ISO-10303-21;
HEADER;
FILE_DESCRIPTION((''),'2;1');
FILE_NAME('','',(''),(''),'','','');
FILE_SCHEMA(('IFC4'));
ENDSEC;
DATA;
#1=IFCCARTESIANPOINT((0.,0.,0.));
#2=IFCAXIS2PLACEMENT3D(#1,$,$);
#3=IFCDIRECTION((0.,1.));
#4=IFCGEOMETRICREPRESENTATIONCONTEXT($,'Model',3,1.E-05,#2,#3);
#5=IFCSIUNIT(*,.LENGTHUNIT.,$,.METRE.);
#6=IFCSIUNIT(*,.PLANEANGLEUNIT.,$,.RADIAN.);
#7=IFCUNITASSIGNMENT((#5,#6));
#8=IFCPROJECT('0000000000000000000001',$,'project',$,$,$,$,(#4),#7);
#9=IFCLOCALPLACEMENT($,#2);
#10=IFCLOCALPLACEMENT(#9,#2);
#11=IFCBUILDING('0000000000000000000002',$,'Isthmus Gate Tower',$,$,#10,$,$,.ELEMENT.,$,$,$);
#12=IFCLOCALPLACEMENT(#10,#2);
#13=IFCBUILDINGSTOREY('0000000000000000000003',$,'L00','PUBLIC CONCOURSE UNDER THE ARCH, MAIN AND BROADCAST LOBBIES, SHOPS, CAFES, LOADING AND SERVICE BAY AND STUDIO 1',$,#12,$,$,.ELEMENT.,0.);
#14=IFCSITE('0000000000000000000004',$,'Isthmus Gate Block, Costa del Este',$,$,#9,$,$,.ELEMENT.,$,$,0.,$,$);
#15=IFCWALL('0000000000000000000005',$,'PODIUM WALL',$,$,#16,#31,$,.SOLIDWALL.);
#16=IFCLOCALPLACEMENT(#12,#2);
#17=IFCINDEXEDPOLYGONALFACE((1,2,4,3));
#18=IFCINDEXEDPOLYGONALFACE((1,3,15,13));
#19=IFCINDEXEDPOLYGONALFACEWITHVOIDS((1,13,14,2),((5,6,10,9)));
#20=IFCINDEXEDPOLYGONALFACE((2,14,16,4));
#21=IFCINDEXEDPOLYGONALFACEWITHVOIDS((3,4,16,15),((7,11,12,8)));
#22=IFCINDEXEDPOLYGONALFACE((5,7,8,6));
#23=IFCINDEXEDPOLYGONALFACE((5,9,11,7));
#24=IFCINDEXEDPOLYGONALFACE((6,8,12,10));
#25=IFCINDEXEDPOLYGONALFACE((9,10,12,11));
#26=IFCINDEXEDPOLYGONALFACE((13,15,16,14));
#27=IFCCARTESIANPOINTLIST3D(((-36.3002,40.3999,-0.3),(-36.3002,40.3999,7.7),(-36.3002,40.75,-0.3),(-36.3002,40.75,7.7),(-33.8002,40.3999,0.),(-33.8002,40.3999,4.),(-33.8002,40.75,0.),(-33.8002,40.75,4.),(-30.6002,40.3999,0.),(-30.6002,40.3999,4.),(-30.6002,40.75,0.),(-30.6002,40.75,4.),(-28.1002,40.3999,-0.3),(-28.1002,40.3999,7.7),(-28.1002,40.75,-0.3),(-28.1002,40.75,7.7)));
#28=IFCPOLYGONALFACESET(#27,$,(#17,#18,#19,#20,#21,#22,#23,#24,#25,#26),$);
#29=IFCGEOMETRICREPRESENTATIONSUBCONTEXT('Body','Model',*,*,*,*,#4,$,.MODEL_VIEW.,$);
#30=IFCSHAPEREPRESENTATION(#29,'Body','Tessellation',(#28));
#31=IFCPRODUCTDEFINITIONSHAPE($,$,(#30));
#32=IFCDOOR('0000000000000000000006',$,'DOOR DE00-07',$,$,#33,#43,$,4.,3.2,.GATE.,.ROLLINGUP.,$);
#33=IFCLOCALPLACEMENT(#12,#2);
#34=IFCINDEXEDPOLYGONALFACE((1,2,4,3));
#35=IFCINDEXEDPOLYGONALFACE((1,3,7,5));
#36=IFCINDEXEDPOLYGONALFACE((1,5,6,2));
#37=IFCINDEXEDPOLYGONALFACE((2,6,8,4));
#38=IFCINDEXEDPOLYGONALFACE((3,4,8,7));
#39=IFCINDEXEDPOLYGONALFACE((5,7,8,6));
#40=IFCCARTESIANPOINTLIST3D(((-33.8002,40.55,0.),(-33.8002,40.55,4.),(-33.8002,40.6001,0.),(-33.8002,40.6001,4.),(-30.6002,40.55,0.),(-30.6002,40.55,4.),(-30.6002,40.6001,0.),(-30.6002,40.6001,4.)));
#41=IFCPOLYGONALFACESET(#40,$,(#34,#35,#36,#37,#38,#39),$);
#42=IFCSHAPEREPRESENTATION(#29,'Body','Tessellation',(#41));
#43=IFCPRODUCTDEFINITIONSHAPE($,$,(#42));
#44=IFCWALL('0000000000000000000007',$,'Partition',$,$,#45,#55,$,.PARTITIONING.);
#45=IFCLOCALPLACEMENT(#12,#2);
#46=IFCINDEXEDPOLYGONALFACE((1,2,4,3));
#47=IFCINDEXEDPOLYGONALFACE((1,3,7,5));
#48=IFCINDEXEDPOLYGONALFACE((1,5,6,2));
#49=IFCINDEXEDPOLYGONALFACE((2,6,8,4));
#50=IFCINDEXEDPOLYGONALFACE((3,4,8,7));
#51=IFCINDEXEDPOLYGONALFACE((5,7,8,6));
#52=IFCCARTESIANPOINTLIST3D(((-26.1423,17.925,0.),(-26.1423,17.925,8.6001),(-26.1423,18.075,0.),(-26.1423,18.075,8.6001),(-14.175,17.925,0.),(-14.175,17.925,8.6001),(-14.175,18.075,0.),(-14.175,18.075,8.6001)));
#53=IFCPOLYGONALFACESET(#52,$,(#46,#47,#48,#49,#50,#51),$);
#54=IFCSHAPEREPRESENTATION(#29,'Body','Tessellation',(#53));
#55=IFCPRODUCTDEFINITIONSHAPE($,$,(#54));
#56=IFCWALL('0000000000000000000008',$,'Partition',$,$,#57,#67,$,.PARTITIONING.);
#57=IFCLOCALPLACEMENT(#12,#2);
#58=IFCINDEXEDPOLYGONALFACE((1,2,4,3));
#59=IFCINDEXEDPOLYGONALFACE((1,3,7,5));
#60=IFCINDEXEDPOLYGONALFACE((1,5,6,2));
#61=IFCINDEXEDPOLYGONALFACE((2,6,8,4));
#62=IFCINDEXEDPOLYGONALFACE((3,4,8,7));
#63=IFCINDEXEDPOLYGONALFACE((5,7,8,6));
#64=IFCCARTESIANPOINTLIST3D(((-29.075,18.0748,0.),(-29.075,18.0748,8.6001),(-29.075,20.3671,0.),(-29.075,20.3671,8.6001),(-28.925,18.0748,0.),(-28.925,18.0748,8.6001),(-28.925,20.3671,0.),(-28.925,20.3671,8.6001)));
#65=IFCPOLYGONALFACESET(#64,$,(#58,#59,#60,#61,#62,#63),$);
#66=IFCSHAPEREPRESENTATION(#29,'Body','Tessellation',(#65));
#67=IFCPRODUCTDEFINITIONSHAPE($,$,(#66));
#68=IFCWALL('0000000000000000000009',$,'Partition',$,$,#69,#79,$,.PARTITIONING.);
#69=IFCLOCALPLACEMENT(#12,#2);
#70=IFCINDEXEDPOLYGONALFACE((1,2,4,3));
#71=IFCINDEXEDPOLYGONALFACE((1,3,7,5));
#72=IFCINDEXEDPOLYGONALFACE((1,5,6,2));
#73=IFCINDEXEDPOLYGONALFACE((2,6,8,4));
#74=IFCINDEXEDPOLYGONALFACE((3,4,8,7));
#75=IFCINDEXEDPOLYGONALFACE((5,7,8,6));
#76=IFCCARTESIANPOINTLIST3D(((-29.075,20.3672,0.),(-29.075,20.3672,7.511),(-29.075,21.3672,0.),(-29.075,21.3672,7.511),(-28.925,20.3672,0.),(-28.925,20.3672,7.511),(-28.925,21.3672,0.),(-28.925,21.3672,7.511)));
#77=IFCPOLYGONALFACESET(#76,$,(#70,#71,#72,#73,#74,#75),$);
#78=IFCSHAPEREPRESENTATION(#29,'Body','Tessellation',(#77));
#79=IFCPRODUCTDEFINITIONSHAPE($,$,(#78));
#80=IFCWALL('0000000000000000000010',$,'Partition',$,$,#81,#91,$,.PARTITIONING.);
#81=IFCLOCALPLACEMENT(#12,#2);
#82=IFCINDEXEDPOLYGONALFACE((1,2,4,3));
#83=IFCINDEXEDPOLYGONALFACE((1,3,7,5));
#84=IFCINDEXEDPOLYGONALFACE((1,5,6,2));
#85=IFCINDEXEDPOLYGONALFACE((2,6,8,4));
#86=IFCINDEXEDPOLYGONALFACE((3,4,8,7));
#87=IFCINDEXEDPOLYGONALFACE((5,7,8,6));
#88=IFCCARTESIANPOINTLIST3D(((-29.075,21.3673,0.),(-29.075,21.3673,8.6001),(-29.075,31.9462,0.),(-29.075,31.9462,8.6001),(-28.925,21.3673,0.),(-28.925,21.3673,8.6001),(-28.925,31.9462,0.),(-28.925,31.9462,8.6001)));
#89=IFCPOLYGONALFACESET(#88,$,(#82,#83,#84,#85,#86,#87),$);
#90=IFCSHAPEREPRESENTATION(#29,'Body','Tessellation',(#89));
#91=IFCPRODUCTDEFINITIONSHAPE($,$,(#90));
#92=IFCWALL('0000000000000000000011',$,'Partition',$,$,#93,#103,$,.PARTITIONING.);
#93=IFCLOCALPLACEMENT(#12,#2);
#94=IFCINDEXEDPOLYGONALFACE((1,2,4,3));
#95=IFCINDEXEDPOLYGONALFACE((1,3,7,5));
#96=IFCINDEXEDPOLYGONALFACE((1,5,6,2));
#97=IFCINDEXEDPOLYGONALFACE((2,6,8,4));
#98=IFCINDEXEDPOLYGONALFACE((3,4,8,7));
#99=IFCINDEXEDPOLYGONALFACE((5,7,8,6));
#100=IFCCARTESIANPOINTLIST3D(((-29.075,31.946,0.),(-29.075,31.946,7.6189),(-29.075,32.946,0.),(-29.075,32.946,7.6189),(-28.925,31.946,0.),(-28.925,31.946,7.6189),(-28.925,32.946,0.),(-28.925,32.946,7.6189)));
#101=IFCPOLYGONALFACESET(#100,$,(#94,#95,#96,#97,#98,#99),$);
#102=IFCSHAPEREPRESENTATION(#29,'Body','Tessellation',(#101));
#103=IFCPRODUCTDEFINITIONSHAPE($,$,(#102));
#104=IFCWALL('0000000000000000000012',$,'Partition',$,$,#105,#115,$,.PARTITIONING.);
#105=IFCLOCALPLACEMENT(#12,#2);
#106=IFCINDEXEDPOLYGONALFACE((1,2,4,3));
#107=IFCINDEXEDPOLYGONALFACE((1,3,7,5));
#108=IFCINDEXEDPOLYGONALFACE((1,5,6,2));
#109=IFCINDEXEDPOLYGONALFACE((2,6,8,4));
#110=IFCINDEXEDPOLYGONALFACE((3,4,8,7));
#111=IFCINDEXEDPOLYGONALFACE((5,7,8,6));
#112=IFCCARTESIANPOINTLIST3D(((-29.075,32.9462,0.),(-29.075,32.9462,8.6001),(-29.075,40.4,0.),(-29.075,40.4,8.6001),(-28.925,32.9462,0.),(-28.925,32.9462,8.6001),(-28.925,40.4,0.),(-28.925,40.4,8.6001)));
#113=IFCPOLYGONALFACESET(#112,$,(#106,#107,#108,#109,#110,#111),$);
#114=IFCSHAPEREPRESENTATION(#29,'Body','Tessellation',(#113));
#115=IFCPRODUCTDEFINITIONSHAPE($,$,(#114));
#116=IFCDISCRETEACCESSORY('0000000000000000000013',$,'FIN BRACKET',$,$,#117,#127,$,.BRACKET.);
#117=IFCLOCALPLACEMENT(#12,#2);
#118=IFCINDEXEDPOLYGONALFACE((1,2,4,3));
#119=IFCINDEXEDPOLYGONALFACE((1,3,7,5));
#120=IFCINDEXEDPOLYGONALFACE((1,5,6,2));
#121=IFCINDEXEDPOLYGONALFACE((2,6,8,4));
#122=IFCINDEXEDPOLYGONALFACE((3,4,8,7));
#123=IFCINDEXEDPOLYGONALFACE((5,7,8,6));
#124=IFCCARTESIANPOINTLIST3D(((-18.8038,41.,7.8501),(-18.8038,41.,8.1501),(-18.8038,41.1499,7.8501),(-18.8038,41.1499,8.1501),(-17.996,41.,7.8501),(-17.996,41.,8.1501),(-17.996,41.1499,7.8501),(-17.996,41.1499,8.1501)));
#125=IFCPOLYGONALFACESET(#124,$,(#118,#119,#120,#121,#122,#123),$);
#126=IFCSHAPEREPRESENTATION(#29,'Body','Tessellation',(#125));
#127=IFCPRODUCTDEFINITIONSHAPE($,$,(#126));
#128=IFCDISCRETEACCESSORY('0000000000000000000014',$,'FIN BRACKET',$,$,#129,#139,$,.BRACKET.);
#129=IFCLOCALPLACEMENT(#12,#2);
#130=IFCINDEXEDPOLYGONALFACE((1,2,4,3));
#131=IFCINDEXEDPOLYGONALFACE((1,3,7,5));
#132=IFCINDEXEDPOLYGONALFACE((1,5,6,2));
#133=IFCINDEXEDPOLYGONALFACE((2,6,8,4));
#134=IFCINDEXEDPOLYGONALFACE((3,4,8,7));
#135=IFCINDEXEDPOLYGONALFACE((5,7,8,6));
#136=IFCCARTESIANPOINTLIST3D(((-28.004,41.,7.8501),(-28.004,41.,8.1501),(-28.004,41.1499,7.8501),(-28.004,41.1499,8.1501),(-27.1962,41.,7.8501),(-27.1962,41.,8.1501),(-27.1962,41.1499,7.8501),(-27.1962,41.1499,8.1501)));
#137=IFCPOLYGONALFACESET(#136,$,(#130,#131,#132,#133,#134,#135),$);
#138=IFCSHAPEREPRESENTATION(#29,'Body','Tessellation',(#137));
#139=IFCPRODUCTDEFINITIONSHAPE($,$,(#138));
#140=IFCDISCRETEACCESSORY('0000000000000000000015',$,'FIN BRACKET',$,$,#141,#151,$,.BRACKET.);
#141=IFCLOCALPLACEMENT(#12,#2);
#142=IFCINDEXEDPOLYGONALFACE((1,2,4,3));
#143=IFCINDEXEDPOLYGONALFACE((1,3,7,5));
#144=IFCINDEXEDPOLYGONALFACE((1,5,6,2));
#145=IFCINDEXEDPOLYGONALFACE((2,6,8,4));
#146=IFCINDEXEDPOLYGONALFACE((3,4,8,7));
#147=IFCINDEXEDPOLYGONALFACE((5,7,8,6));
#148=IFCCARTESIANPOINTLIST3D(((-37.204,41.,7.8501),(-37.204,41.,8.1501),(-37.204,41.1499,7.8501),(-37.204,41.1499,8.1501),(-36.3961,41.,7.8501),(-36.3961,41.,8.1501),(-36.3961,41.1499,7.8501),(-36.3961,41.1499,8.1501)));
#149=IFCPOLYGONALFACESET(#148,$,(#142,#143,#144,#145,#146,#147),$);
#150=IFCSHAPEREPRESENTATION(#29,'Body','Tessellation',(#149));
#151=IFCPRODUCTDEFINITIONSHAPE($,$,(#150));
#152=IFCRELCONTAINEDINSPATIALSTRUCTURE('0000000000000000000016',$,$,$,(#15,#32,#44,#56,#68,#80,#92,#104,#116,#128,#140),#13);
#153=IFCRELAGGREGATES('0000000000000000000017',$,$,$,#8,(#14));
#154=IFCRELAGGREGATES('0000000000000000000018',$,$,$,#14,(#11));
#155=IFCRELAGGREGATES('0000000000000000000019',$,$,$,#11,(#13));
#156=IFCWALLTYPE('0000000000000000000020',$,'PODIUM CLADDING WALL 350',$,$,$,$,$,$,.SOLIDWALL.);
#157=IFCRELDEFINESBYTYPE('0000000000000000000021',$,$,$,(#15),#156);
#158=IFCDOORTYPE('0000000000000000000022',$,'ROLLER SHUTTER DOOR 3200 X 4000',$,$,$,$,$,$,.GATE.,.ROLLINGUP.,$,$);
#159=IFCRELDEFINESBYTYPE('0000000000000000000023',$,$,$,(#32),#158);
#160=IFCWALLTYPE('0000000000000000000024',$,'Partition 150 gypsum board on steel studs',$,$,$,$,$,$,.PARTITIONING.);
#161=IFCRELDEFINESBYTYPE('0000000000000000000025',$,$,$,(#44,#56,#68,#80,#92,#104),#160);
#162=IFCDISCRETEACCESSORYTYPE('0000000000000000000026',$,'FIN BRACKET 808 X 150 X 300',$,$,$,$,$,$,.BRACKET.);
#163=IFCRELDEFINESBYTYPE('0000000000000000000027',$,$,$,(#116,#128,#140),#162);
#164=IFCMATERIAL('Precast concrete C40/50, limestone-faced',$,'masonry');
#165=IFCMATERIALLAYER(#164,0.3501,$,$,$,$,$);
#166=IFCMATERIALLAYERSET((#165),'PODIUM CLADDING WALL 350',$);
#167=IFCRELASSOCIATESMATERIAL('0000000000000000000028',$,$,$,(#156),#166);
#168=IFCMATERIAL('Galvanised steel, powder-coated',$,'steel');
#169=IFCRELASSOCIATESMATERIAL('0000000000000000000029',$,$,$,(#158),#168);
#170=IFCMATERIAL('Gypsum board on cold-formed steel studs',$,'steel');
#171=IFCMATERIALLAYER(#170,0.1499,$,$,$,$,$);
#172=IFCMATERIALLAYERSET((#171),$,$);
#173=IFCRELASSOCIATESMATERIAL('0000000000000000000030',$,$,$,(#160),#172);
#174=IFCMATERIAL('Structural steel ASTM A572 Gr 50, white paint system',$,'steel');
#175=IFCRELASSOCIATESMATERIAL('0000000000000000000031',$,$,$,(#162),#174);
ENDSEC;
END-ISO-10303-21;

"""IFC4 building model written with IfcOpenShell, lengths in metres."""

from ifc_helpers import new_model, si_unit, direction, frame, frame_2d, origin, origin_2d, place, context, subcontext, project, spatial, rectangle, extrude, material, layer, layer_set, type_object, element, fill, save


model = new_model("IFC4")

# Units and contexts
model_context = context("Model", 3, precision=1e-05, world=origin(), true_north=direction((0.0, 1.0)))
body_context = subcontext(model_context, "Body", "Model", "MODEL_VIEW")
ifc_project = project(units=[si_unit("LENGTHUNIT", "METRE"), si_unit("PLANEANGLEUNIT", "RADIAN")], contexts=[model_context])

# Site, building, storey
site_placement = place(None, origin())
site = spatial("IfcSite", under=ifc_project, at=site_placement, Name="Isthmus Gate Block, Costa del Este", CompositionType="ELEMENT", RefElevation=0.0)
building_placement = place(site_placement, origin())
building = spatial("IfcBuilding", under=site, at=building_placement, Name="Isthmus Gate Tower", CompositionType="ELEMENT")
storey_placement = place(building_placement, origin())
storey = spatial("IfcBuildingStorey", under=building, at=storey_placement, Name="L00", Description="PUBLIC CONCOURSE UNDER THE ARCH, MAIN AND BROADCAST LOBBIES, SHOPS, CAFES, LOADING AND SERVICE BAY AND STUDIO 1", CompositionType="ELEMENT", Elevation=0.0)

# Wall, opening, door
ifc_material_1 = material(Name="Precast concrete C40/50, limestone-faced", Category="masonry")
ifc_layer_1 = layer(ifc_material_1, 0.3501)
ifc_layer_set_1 = layer_set([ifc_layer_1], Name="PODIUM CLADDING WALL 350")
wall_type_1 = type_object("IfcWallType", Name="PODIUM CLADDING WALL 350", PredefinedType="SOLIDWALL", material=ifc_layer_set_1)
ifc_material_2 = material(Name="Galvanised steel, powder-coated", Category="steel")
door_type = type_object("IfcDoorType", Name="ROLLER SHUTTER DOOR 3200 X 4000", OperationType="ROLLINGUP", PredefinedType="GATE", material=ifc_material_2)
wall_1_placement = place(storey_placement, frame((-28.1001, 40.575, -0.3), z_axis=(0.0, 0.0, 1.0), x_axis=(-1.0, 0.0, 0.0)))
wall_1 = element("IfcWall", 1, at=wall_1_placement, inside=storey, type_object=wall_type_1, Name="PODIUM WALL", PredefinedType="SOLIDWALL", context=body_context, shape_type="SweptSolid", body=[
    extrude(rectangle(XDim=8.2, YDim=0.3501, at=frame_2d((4.1001, 0.0))), origin(), (0.0, 0.0, 1.0), 8.0),
])
opening_1_placement = place(wall_1_placement, frame((2.5, 0.0, 0.3)))
opening_1 = element("IfcOpeningElement", 2, at=opening_1_placement, cuts=wall_1, PredefinedType="OPENING", context=body_context, shape_type="SweptSolid", body=[
    extrude(rectangle(XDim=3.2, YDim=4.0, at=frame_2d((1.6001, 2.0))), frame((0.0, 0.1851, 0.0), z_axis=(0.0, -1.0, 0.0), x_axis=(1.0, 0.0, 0.0)), (0.0, 0.0, 1.0), 0.3701),
])
door_1_placement = place(opening_1_placement, origin())
door_1 = element("IfcDoor", 3, at=door_1_placement, inside=storey, type_object=door_type, Name="DOOR DE00-07", OperationType="ROLLINGUP", OverallHeight=4.0, OverallWidth=3.2, PredefinedType="GATE", context=body_context, shape_type="SweptSolid", body=[
    extrude(rectangle(XDim=3.2, YDim=4.0, at=frame_2d((1.6001, 2.0))), frame((0.0, 0.0249, 0.0), z_axis=(0.0, -1.0, 0.0), x_axis=(1.0, 0.0, 0.0)), (0.0, 0.0, 1.0), 0.05),
])
fill(opening_1, door_1)

# Walls
ifc_material_3 = material(Name="Gypsum board on cold-formed steel studs", Category="steel")
ifc_layer_2 = layer(ifc_material_3, 0.1499)
ifc_layer_set_2 = layer_set([ifc_layer_2])
wall_type_2 = type_object("IfcWallType", Name="Partition 150 gypsum board on steel studs", PredefinedType="PARTITIONING", material=ifc_layer_set_2)
wall_2_placement = place(storey_placement, frame((-26.1423, 18.0, 0.0), z_axis=(0.0, 0.0, 1.0), x_axis=(1.0, 0.0, 0.0)))
element("IfcWall", 4, at=wall_2_placement, inside=storey, type_object=wall_type_2, Name="Partition", PredefinedType="PARTITIONING", context=body_context, shape_type="SweptSolid", body=[
    extrude(rectangle(XDim=11.9673, YDim=0.1499, at=frame_2d((5.9836, 0.0))), origin(), (0.0, 0.0, 1.0), 8.6001),
])
wall_3_placement = place(storey_placement, frame((-29.0, 18.075, 0.0), z_axis=(0.0, 0.0, 1.0), x_axis=(0.0, 1.0, 0.0)))
element("IfcWall", 5, at=wall_3_placement, inside=storey, type_object=wall_type_2, Name="Partition", PredefinedType="PARTITIONING", context=body_context, shape_type="SweptSolid", body=[
    extrude(rectangle(XDim=2.2922, YDim=0.1499, at=frame_2d((1.146, 0.0))), origin(), (0.0, 0.0, 1.0), 8.6001),
])
wall_4_placement = place(storey_placement, frame((-29.0, 20.3672, 0.0), z_axis=(0.0, 0.0, 1.0), x_axis=(0.0, 1.0, 0.0)))
element("IfcWall", 6, at=wall_4_placement, inside=storey, type_object=wall_type_2, Name="Partition", PredefinedType="PARTITIONING", context=body_context, shape_type="SweptSolid", body=[
    extrude(rectangle(XDim=1.0, YDim=0.1499, at=frame_2d((0.5, 0.0))), origin(), (0.0, 0.0, 1.0), 7.511),
])
wall_5_placement = place(storey_placement, frame((-29.0, 21.3672, 0.0), z_axis=(0.0, 0.0, 1.0), x_axis=(0.0, 1.0, 0.0)))
element("IfcWall", 7, at=wall_5_placement, inside=storey, type_object=wall_type_2, Name="Partition", PredefinedType="PARTITIONING", context=body_context, shape_type="SweptSolid", body=[
    extrude(rectangle(XDim=10.5789, YDim=0.1499, at=frame_2d((5.2896, 0.0))), origin(), (0.0, 0.0, 1.0), 8.6001),
])
wall_6_placement = place(storey_placement, frame((-29.0, 31.946, 0.0), z_axis=(0.0, 0.0, 1.0), x_axis=(0.0, 1.0, 0.0)))
element("IfcWall", 8, at=wall_6_placement, inside=storey, type_object=wall_type_2, Name="Partition", PredefinedType="PARTITIONING", context=body_context, shape_type="SweptSolid", body=[
    extrude(rectangle(XDim=1.0, YDim=0.1499, at=frame_2d((0.5, 0.0))), origin(), (0.0, 0.0, 1.0), 7.6189),
])
wall_7_placement = place(storey_placement, frame((-29.0, 32.946, 0.0), z_axis=(0.0, 0.0, 1.0), x_axis=(0.0, 1.0, 0.0)))
element("IfcWall", 9, at=wall_7_placement, inside=storey, type_object=wall_type_2, Name="Partition", PredefinedType="PARTITIONING", context=body_context, shape_type="SweptSolid", body=[
    extrude(rectangle(XDim=7.4539, YDim=0.1499, at=frame_2d((3.7271, 0.0))), origin(), (0.0, 0.0, 1.0), 8.6001),
])

# Discrete accessories
ifc_material_4 = material(Name="Structural steel ASTM A572 Gr 50, white paint system", Category="steel")
discrete_accessory_type = type_object("IfcDiscreteAccessoryType", Name="FIN BRACKET 808 X 150 X 300", PredefinedType="BRACKET", material=ifc_material_4)
for number, where, z_axis, x_axis, name in (
    (10, (-18.3999, 41.075, 7.8501), (0.0, 0.0, 1.0), (0.0, 1.0, 0.0), "FIN BRACKET"),
    (11, (-27.6001, 41.075, 7.8501), (0.0, 0.0, 1.0), (0.0, 1.0, 0.0), "FIN BRACKET"),
    (12, (-36.8, 41.075, 7.8501), (0.0, 0.0, 1.0), (0.0, 1.0, 0.0), "FIN BRACKET"),
):
    element("IfcDiscreteAccessory", number, at=place(storey_placement, frame(where, z_axis=z_axis, x_axis=x_axis)), inside=storey, type_object=discrete_accessory_type, Name=name, PredefinedType="BRACKET", context=body_context, shape_type="SweptSolid", body=[
        extrude(rectangle(XDim=0.1499, YDim=0.8079, at=origin_2d()), origin(), (0.0, 0.0, 1.0), 0.3),
    ])

save(model, "model.ifc")
